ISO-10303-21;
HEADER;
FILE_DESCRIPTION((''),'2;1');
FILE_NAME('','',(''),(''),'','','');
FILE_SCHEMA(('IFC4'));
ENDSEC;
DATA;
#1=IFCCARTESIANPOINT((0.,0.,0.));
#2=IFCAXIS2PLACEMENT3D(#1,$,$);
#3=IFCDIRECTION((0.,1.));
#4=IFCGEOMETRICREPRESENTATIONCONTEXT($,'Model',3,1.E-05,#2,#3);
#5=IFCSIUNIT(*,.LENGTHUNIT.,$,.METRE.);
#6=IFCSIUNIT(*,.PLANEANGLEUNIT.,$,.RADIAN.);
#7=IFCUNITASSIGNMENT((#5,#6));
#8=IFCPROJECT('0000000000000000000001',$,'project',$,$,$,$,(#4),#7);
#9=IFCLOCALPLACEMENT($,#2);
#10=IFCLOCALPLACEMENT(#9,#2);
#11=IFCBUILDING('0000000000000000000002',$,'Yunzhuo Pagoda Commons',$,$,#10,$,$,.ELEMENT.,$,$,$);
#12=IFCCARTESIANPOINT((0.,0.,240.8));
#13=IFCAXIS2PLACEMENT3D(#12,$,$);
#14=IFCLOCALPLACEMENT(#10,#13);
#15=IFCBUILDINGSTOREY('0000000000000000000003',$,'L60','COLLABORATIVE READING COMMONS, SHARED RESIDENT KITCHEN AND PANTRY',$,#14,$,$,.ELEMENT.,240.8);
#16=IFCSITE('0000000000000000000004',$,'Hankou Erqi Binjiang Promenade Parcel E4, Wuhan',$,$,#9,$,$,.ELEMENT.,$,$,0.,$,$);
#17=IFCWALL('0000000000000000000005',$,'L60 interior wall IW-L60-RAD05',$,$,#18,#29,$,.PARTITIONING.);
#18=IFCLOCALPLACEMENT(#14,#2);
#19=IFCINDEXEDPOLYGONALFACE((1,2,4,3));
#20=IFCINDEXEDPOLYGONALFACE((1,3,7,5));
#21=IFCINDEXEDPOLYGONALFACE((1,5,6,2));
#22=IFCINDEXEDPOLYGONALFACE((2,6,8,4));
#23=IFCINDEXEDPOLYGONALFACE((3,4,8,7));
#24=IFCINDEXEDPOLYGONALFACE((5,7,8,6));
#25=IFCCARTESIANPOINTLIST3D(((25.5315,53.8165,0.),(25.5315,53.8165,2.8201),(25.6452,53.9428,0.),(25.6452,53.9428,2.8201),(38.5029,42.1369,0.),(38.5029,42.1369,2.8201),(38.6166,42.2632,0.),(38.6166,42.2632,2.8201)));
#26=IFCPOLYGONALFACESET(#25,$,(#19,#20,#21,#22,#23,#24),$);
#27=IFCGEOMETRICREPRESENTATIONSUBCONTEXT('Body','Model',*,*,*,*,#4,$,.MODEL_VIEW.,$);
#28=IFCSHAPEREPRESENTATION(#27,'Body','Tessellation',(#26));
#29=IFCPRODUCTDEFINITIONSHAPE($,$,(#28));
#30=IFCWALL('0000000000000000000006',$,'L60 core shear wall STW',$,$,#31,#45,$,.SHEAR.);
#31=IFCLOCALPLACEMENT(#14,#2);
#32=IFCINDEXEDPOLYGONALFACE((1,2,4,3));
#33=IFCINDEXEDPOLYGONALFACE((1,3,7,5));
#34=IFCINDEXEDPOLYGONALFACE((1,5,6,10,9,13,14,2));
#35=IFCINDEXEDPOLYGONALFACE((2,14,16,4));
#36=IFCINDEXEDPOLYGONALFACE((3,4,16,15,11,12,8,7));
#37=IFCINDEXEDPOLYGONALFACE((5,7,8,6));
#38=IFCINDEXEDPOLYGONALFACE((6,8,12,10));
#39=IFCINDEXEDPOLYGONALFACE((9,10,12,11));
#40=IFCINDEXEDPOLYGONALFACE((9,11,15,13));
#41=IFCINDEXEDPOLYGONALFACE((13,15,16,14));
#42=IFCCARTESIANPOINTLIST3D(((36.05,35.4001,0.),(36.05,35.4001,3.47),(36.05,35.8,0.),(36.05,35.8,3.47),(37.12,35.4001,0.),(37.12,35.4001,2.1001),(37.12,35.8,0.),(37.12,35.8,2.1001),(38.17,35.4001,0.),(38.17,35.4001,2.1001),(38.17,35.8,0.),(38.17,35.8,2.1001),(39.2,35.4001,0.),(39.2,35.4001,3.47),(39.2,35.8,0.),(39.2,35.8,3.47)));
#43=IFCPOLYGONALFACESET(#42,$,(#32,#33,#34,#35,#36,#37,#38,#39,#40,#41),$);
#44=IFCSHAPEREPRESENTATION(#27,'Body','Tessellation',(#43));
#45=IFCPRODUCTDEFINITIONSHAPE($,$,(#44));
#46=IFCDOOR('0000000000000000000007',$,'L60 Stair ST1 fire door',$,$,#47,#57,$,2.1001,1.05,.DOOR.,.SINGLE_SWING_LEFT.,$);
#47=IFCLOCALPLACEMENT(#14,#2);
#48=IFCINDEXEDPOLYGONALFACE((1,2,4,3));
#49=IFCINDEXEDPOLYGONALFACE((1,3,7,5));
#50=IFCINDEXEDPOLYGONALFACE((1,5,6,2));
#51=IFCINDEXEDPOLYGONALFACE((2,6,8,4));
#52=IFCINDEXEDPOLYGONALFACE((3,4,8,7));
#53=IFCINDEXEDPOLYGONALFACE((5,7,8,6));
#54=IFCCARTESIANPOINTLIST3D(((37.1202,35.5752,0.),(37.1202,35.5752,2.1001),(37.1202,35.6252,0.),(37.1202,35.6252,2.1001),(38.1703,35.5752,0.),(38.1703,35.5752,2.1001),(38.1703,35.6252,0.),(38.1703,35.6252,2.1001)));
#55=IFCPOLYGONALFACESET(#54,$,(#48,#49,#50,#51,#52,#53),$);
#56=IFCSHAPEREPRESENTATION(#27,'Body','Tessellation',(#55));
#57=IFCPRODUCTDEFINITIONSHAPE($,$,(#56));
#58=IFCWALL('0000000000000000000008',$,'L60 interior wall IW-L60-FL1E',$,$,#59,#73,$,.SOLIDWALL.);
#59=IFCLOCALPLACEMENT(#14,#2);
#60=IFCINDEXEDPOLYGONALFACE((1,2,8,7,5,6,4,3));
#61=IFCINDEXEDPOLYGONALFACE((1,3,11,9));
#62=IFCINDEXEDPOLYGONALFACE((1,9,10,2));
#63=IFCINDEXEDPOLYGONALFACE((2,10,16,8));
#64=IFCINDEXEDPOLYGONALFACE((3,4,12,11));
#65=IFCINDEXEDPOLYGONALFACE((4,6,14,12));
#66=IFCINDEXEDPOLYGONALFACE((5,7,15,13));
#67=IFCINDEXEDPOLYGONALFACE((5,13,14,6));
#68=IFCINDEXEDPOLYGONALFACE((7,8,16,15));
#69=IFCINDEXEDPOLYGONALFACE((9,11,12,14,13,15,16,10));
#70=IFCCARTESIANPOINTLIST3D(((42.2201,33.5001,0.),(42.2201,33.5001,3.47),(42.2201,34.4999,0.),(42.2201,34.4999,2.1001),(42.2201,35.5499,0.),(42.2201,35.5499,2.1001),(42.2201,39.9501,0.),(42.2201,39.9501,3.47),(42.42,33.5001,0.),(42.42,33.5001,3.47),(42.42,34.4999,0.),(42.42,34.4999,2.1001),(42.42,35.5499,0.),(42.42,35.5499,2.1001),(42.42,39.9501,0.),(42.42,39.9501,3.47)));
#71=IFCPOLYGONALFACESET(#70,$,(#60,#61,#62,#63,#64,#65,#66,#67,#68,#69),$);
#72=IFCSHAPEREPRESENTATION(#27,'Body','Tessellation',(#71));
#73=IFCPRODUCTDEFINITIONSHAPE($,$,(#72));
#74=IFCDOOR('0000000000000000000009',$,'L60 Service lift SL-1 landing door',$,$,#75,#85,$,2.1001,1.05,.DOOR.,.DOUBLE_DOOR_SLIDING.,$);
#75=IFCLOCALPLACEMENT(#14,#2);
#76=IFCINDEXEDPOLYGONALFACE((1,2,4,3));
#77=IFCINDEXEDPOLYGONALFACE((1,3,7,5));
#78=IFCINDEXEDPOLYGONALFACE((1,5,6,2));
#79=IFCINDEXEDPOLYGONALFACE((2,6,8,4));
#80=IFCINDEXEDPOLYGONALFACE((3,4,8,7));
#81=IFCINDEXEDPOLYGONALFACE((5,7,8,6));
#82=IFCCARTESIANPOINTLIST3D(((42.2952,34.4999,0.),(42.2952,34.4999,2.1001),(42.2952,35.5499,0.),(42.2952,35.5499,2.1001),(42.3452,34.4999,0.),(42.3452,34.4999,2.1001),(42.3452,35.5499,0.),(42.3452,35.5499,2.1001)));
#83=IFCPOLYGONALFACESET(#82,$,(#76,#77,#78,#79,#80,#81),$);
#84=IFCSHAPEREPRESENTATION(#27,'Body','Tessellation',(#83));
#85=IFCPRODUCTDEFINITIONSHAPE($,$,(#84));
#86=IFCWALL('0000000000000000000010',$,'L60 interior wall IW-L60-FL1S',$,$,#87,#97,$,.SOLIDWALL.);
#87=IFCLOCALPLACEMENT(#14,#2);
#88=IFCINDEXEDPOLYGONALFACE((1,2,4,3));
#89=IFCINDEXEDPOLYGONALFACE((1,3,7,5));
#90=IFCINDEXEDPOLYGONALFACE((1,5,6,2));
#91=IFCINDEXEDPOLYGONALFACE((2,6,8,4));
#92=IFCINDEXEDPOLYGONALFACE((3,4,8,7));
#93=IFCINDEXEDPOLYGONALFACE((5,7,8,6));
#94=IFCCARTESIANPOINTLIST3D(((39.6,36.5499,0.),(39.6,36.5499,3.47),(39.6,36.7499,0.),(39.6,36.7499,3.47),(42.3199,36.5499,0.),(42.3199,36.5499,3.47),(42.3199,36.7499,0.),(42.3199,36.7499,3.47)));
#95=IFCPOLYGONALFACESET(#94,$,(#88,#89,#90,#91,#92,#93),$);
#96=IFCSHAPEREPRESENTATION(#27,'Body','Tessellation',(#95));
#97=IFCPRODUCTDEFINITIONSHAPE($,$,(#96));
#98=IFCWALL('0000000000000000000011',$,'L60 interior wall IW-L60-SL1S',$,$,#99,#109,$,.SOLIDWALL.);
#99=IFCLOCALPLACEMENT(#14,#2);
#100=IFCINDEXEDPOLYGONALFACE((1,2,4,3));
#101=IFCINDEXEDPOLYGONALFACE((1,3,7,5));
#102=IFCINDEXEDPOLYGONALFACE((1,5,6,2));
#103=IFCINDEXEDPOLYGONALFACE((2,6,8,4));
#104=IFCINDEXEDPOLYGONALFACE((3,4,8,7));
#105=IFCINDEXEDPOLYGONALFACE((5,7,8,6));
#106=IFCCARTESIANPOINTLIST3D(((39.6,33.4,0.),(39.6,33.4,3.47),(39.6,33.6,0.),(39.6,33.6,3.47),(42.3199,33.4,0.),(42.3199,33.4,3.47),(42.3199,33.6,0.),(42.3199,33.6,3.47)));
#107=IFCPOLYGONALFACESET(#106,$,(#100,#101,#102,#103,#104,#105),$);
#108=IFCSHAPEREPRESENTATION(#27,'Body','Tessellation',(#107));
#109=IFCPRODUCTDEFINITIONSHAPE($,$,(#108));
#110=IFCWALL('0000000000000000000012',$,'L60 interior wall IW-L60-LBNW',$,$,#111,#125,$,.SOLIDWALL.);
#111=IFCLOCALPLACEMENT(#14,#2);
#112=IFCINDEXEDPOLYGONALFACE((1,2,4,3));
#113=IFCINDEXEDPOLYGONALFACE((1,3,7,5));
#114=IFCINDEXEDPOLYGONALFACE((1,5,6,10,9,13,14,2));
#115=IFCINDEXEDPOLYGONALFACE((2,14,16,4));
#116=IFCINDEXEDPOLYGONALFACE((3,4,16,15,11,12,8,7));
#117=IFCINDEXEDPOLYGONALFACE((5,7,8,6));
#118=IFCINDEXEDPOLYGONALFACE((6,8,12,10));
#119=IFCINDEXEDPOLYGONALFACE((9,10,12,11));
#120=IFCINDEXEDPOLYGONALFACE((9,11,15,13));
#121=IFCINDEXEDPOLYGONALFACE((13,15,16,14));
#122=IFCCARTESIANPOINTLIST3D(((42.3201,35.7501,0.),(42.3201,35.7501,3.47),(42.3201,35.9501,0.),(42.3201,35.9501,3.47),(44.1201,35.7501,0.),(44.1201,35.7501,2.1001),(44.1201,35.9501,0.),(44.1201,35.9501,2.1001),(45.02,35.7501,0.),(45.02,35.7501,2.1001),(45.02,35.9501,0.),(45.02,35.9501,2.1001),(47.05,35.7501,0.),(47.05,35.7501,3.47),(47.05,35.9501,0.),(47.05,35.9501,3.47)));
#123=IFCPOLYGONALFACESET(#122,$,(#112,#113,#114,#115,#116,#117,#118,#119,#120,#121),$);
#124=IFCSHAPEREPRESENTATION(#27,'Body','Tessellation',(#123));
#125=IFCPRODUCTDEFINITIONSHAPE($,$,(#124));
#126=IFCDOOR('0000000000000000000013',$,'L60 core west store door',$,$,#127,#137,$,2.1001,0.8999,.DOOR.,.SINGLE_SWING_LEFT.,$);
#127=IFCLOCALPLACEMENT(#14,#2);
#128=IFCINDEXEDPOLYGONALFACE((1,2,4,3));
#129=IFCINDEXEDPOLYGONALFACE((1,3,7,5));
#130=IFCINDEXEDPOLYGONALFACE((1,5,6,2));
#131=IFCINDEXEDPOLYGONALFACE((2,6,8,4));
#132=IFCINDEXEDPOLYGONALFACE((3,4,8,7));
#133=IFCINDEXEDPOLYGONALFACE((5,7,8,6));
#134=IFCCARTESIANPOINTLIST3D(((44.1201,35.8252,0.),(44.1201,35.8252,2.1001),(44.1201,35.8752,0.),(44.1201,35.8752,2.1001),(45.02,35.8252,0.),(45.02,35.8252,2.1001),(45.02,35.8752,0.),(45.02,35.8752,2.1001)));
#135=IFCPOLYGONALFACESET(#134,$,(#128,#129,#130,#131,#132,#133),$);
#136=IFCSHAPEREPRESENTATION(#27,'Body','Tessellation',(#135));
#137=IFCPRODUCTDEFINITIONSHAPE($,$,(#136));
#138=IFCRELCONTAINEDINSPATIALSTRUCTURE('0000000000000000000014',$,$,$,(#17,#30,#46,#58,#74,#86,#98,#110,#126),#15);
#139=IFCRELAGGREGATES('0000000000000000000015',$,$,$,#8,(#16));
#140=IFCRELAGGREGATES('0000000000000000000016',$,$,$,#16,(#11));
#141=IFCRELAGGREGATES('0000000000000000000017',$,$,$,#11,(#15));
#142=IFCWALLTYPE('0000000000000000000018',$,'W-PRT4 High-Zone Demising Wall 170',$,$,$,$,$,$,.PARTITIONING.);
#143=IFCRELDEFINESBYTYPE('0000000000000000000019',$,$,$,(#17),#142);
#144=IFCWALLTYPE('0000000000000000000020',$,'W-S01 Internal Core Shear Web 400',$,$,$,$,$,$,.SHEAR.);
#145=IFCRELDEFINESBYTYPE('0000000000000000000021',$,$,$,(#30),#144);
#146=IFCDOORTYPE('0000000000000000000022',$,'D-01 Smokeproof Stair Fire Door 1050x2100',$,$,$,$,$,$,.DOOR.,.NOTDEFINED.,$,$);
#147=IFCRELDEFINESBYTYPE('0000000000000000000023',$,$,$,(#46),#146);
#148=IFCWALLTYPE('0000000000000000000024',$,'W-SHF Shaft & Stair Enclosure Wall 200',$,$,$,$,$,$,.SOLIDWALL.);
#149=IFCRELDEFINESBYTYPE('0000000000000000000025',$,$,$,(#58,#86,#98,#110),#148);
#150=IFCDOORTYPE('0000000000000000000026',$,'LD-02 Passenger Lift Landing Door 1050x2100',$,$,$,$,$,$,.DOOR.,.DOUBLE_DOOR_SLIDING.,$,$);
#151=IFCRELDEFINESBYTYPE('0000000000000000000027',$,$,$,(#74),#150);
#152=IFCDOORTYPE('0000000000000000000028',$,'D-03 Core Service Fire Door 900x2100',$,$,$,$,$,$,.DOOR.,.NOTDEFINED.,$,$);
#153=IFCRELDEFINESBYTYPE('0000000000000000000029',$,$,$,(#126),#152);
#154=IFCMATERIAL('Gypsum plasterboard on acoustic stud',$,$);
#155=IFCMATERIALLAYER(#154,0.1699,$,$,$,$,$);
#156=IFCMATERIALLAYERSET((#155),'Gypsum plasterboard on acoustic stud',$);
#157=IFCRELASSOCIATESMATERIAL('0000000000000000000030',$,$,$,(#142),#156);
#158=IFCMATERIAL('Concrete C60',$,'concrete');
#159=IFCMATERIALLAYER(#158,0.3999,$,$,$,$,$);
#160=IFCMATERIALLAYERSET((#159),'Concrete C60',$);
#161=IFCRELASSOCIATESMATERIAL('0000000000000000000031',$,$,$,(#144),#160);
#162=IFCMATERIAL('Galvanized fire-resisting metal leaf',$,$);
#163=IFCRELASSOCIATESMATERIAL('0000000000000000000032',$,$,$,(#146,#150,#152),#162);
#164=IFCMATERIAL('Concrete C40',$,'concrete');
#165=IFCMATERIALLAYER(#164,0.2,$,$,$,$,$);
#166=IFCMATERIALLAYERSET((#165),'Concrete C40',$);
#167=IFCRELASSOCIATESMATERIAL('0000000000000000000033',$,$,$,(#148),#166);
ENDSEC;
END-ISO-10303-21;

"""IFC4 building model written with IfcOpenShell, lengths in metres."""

from ifc_helpers import new_model, si_unit, direction, frame, frame_2d, origin, origin_with_axes, place, context, subcontext, project, spatial, rectangle, extrude, source, transform, mapped, material, layer, layer_set, type_object, element, fill, save


model = new_model("IFC4")

# Units and contexts
model_context = context("Model", 3, precision=1e-05, world=origin(), true_north=direction((0.0, 1.0)))
body_context = subcontext(model_context, "Body", "Model", "MODEL_VIEW")
ifc_project = project(units=[si_unit("LENGTHUNIT", "METRE"), si_unit("PLANEANGLEUNIT", "RADIAN")], contexts=[model_context])

# Site, building, storey
site_placement = place(None, origin())
site = spatial("IfcSite", under=ifc_project, at=site_placement, Name="Hankou Erqi Binjiang Promenade Parcel E4, Wuhan", CompositionType="ELEMENT", RefElevation=0.0)
building_placement = place(site_placement, origin())
building = spatial("IfcBuilding", under=site, at=building_placement, Name="Yunzhuo Pagoda Commons", CompositionType="ELEMENT")
storey_placement = place(building_placement, frame((0.0, 0.0, 240.8)))
storey = spatial("IfcBuildingStorey", under=building, at=storey_placement, Name="L60", Description="COLLABORATIVE READING COMMONS, SHARED RESIDENT KITCHEN AND PANTRY", CompositionType="ELEMENT", Elevation=240.8)

# Shared definitions
ifc_material_1 = material(Name="Gypsum plasterboard on acoustic stud")

# Wall
ifc_layer_1 = layer(ifc_material_1, 0.1699)
ifc_layer_set_1 = layer_set([ifc_layer_1], Name="Gypsum plasterboard on acoustic stud")
wall_type_1 = type_object("IfcWallType", Name="W-PRT4 High-Zone Demising Wall 170", PredefinedType="PARTITIONING", material=ifc_layer_set_1)
wall_1_placement = place(storey_placement, frame((38.5598, 42.2, 0.0), z_axis=(0.0, 0.0, 1.0), x_axis=(-0.74314, 0.669135, 0.0)))
element("IfcWall", 1, at=wall_1_placement, inside=storey, type_object=wall_type_1, Name="L60 interior wall IW-L60-RAD05", PredefinedType="PARTITIONING", context=body_context, shape_type="SweptSolid", body=[
    extrude(rectangle(XDim=17.4548, YDim=0.1699, at=frame_2d((8.7275, 0.0))), origin(), (0.0, 0.0, 1.0), 2.8201),
])

# Walls, openings, doors
ifc_material_2 = material(Name="Concrete C60", Category="concrete")
ifc_layer_2 = layer(ifc_material_2, 0.3999)
ifc_layer_set_2 = layer_set([ifc_layer_2], Name="Concrete C60")
wall_type_2 = type_object("IfcWallType", Name="W-S01 Internal Core Shear Web 400", PredefinedType="SHEAR", material=ifc_layer_set_2)
wall_2_placement = place(storey_placement, frame((36.05, 35.6001, 0.0), z_axis=(0.0, 0.0, 1.0), x_axis=(1.0, 0.0, 0.0)))
wall_2 = element("IfcWall", 2, at=wall_2_placement, inside=storey, type_object=wall_type_2, Name="L60 core shear wall STW", PredefinedType="SHEAR", context=body_context, shape_type="SweptSolid", body=[
    extrude(rectangle(XDim=3.1499, YDim=0.3999, at=frame_2d((1.575, 0.0))), origin(), (0.0, 0.0, 1.0), 3.47),
])
opening_1_placement = place(wall_2_placement, frame((1.0701, 0.0, 0.0)))
opening_1 = element("IfcOpeningElement", 3, at=opening_1_placement, cuts=wall_2, PredefinedType="OPENING", context=body_context, shape_type="SweptSolid", body=[
    extrude(rectangle(XDim=1.05, YDim=2.1001, at=frame_2d((0.5249, 1.05))), frame((0.0, 0.21, 0.0), z_axis=(0.0, -1.0, 0.0), x_axis=(1.0, 0.0, 0.0)), (0.0, 0.0, 1.0), 0.4199),
])
ifc_material_3 = material(Name="Galvanized fire-resisting metal leaf")
door_type_1 = type_object("IfcDoorType", Name="D-01 Smokeproof Stair Fire Door 1050x2100", OperationType="NOTDEFINED", PredefinedType="DOOR", material=ifc_material_3)
shared_shape_1 = source(origin(), body_context, "Body", "SweptSolid", [
    extrude(rectangle(XDim=1.05, YDim=2.1001, at=frame_2d((0.5249, 1.05))), frame((0.0, 0.0249, 0.0), z_axis=(0.0, -1.0, 0.0), x_axis=(1.0, 0.0, 0.0)), (0.0, 0.0, 1.0), 0.05),
])
door_1_placement = place(opening_1_placement, frame((1.05, 0.0, 0.0), z_axis=(0.0, 0.0, 1.0), x_axis=(-1.0, 0.0, 0.0)))
door_1 = element("IfcDoor", 4, at=door_1_placement, inside=storey, type_object=door_type_1, Name="L60 Stair ST1 fire door", OperationType="SINGLE_SWING_LEFT", OverallHeight=2.1001, OverallWidth=1.05, PredefinedType="DOOR", context=body_context, shape_type="MappedRepresentation", body=[
    mapped(shared_shape_1, transform((0.0, 0.0, 0.0), scale=1.0)),
])
fill(opening_1, door_1)
ifc_material_4 = material(Name="Concrete C40", Category="concrete")
ifc_layer_3 = layer(ifc_material_4, 0.2)
ifc_layer_set_3 = layer_set([ifc_layer_3], Name="Concrete C40")
wall_type_3 = type_object("IfcWallType", Name="W-SHF Shaft & Stair Enclosure Wall 200", PredefinedType="SOLIDWALL", material=ifc_layer_set_3)
wall_3_placement = place(storey_placement, frame((42.3201, 33.5, 0.0), z_axis=(0.0, 0.0, 1.0), x_axis=(0.0, 1.0, 0.0)))
wall_3 = element("IfcWall", 5, at=wall_3_placement, inside=storey, type_object=wall_type_3, Name="L60 interior wall IW-L60-FL1E", PredefinedType="SOLIDWALL", context=body_context, shape_type="SweptSolid", body=[
    extrude(rectangle(XDim=6.45, YDim=0.2, at=frame_2d((3.2251, 0.0))), origin(), (0.0, 0.0, 1.0), 3.47),
])
opening_2_placement = place(wall_3_placement, frame((1.0, 0.0, 0.0)))
opening_2 = element("IfcOpeningElement", 6, at=opening_2_placement, cuts=wall_3, PredefinedType="OPENING", context=body_context, shape_type="SweptSolid", body=[
    extrude(rectangle(XDim=1.05, YDim=2.1001, at=frame_2d((0.5249, 1.05))), frame((0.0, 0.1099, 0.0), z_axis=(0.0, -1.0, 0.0), x_axis=(1.0, 0.0, 0.0)), (0.0, 0.0, 1.0), 0.22),
])
door_type_2 = type_object("IfcDoorType", Name="LD-02 Passenger Lift Landing Door 1050x2100", OperationType="DOUBLE_DOOR_SLIDING", PredefinedType="DOOR", material=ifc_material_3)
door_2_placement = place(opening_2_placement, origin_with_axes())
door_2 = element("IfcDoor", 7, at=door_2_placement, inside=storey, type_object=door_type_2, Name="L60 Service lift SL-1 landing door", OperationType="DOUBLE_DOOR_SLIDING", OverallHeight=2.1001, OverallWidth=1.05, PredefinedType="DOOR", context=body_context, shape_type="MappedRepresentation", body=[
    mapped(shared_shape_1, transform((0.0, 0.0, 0.0), scale=1.0)),
])
fill(opening_2, door_2)

# Walls
for number, where, z_axis, x_axis, name in (
    (8, (39.6001, 36.6499, 0.0), (0.0, 0.0, 1.0), (1.0, 0.0, 0.0), "L60 interior wall IW-L60-FL1S"),
    (9, (39.6001, 33.5, 0.0), (0.0, 0.0, 1.0), (1.0, 0.0, 0.0), "L60 interior wall IW-L60-SL1S"),
):
    element("IfcWall", number, at=place(storey_placement, frame(where, z_axis=z_axis, x_axis=x_axis)), inside=storey, type_object=wall_type_3, Name=name, PredefinedType="SOLIDWALL", context=body_context, shape_type="SweptSolid", body=[
        extrude(rectangle(XDim=2.72, YDim=0.2, at=frame_2d((1.3599, 0.0))), origin(), (0.0, 0.0, 1.0), 3.47),
    ])

# Wall, opening, door
wall_4_placement = place(storey_placement, frame((42.3201, 35.8501, 0.0), z_axis=(0.0, 0.0, 1.0), x_axis=(1.0, 0.0, 0.0)))
wall_4 = element("IfcWall", 10, at=wall_4_placement, inside=storey, type_object=wall_type_3, Name="L60 interior wall IW-L60-LBNW", PredefinedType="SOLIDWALL", context=body_context, shape_type="SweptSolid", body=[
    extrude(rectangle(XDim=4.73, YDim=0.2, at=frame_2d((2.365, 0.0))), origin(), (0.0, 0.0, 1.0), 3.47),
])
opening_3_placement = place(wall_4_placement, frame((1.8, 0.0, 0.0)))
opening_3 = element("IfcOpeningElement", 11, at=opening_3_placement, cuts=wall_4, PredefinedType="OPENING", context=body_context, shape_type="SweptSolid", body=[
    extrude(rectangle(XDim=0.8999, YDim=2.1001, at=frame_2d((0.45, 1.05))), frame((0.0, 0.1099, 0.0), z_axis=(0.0, -1.0, 0.0), x_axis=(1.0, 0.0, 0.0)), (0.0, 0.0, 1.0), 0.22),
])
door_type_3 = type_object("IfcDoorType", Name="D-03 Core Service Fire Door 900x2100", OperationType="NOTDEFINED", PredefinedType="DOOR", material=ifc_material_3)
shared_shape_2 = source(origin(), body_context, "Body", "SweptSolid", [
    extrude(rectangle(XDim=0.8999, YDim=2.1001, at=frame_2d((0.45, 1.05))), frame((0.0, 0.0249, 0.0), z_axis=(0.0, -1.0, 0.0), x_axis=(1.0, 0.0, 0.0)), (0.0, 0.0, 1.0), 0.05),
])
door_3_placement = place(opening_3_placement, frame((0.8999, 0.0, 0.0), z_axis=(0.0, 0.0, 1.0), x_axis=(-1.0, 0.0, 0.0)))
door_3 = element("IfcDoor", 12, at=door_3_placement, inside=storey, type_object=door_type_3, Name="L60 core west store door", OperationType="SINGLE_SWING_LEFT", OverallHeight=2.1001, OverallWidth=0.8999, PredefinedType="DOOR", context=body_context, shape_type="MappedRepresentation", body=[
    mapped(shared_shape_2, transform((0.0, 0.0, 0.0), scale=1.0)),
])
fill(opening_3, door_3)

save(model, "model.ifc")
